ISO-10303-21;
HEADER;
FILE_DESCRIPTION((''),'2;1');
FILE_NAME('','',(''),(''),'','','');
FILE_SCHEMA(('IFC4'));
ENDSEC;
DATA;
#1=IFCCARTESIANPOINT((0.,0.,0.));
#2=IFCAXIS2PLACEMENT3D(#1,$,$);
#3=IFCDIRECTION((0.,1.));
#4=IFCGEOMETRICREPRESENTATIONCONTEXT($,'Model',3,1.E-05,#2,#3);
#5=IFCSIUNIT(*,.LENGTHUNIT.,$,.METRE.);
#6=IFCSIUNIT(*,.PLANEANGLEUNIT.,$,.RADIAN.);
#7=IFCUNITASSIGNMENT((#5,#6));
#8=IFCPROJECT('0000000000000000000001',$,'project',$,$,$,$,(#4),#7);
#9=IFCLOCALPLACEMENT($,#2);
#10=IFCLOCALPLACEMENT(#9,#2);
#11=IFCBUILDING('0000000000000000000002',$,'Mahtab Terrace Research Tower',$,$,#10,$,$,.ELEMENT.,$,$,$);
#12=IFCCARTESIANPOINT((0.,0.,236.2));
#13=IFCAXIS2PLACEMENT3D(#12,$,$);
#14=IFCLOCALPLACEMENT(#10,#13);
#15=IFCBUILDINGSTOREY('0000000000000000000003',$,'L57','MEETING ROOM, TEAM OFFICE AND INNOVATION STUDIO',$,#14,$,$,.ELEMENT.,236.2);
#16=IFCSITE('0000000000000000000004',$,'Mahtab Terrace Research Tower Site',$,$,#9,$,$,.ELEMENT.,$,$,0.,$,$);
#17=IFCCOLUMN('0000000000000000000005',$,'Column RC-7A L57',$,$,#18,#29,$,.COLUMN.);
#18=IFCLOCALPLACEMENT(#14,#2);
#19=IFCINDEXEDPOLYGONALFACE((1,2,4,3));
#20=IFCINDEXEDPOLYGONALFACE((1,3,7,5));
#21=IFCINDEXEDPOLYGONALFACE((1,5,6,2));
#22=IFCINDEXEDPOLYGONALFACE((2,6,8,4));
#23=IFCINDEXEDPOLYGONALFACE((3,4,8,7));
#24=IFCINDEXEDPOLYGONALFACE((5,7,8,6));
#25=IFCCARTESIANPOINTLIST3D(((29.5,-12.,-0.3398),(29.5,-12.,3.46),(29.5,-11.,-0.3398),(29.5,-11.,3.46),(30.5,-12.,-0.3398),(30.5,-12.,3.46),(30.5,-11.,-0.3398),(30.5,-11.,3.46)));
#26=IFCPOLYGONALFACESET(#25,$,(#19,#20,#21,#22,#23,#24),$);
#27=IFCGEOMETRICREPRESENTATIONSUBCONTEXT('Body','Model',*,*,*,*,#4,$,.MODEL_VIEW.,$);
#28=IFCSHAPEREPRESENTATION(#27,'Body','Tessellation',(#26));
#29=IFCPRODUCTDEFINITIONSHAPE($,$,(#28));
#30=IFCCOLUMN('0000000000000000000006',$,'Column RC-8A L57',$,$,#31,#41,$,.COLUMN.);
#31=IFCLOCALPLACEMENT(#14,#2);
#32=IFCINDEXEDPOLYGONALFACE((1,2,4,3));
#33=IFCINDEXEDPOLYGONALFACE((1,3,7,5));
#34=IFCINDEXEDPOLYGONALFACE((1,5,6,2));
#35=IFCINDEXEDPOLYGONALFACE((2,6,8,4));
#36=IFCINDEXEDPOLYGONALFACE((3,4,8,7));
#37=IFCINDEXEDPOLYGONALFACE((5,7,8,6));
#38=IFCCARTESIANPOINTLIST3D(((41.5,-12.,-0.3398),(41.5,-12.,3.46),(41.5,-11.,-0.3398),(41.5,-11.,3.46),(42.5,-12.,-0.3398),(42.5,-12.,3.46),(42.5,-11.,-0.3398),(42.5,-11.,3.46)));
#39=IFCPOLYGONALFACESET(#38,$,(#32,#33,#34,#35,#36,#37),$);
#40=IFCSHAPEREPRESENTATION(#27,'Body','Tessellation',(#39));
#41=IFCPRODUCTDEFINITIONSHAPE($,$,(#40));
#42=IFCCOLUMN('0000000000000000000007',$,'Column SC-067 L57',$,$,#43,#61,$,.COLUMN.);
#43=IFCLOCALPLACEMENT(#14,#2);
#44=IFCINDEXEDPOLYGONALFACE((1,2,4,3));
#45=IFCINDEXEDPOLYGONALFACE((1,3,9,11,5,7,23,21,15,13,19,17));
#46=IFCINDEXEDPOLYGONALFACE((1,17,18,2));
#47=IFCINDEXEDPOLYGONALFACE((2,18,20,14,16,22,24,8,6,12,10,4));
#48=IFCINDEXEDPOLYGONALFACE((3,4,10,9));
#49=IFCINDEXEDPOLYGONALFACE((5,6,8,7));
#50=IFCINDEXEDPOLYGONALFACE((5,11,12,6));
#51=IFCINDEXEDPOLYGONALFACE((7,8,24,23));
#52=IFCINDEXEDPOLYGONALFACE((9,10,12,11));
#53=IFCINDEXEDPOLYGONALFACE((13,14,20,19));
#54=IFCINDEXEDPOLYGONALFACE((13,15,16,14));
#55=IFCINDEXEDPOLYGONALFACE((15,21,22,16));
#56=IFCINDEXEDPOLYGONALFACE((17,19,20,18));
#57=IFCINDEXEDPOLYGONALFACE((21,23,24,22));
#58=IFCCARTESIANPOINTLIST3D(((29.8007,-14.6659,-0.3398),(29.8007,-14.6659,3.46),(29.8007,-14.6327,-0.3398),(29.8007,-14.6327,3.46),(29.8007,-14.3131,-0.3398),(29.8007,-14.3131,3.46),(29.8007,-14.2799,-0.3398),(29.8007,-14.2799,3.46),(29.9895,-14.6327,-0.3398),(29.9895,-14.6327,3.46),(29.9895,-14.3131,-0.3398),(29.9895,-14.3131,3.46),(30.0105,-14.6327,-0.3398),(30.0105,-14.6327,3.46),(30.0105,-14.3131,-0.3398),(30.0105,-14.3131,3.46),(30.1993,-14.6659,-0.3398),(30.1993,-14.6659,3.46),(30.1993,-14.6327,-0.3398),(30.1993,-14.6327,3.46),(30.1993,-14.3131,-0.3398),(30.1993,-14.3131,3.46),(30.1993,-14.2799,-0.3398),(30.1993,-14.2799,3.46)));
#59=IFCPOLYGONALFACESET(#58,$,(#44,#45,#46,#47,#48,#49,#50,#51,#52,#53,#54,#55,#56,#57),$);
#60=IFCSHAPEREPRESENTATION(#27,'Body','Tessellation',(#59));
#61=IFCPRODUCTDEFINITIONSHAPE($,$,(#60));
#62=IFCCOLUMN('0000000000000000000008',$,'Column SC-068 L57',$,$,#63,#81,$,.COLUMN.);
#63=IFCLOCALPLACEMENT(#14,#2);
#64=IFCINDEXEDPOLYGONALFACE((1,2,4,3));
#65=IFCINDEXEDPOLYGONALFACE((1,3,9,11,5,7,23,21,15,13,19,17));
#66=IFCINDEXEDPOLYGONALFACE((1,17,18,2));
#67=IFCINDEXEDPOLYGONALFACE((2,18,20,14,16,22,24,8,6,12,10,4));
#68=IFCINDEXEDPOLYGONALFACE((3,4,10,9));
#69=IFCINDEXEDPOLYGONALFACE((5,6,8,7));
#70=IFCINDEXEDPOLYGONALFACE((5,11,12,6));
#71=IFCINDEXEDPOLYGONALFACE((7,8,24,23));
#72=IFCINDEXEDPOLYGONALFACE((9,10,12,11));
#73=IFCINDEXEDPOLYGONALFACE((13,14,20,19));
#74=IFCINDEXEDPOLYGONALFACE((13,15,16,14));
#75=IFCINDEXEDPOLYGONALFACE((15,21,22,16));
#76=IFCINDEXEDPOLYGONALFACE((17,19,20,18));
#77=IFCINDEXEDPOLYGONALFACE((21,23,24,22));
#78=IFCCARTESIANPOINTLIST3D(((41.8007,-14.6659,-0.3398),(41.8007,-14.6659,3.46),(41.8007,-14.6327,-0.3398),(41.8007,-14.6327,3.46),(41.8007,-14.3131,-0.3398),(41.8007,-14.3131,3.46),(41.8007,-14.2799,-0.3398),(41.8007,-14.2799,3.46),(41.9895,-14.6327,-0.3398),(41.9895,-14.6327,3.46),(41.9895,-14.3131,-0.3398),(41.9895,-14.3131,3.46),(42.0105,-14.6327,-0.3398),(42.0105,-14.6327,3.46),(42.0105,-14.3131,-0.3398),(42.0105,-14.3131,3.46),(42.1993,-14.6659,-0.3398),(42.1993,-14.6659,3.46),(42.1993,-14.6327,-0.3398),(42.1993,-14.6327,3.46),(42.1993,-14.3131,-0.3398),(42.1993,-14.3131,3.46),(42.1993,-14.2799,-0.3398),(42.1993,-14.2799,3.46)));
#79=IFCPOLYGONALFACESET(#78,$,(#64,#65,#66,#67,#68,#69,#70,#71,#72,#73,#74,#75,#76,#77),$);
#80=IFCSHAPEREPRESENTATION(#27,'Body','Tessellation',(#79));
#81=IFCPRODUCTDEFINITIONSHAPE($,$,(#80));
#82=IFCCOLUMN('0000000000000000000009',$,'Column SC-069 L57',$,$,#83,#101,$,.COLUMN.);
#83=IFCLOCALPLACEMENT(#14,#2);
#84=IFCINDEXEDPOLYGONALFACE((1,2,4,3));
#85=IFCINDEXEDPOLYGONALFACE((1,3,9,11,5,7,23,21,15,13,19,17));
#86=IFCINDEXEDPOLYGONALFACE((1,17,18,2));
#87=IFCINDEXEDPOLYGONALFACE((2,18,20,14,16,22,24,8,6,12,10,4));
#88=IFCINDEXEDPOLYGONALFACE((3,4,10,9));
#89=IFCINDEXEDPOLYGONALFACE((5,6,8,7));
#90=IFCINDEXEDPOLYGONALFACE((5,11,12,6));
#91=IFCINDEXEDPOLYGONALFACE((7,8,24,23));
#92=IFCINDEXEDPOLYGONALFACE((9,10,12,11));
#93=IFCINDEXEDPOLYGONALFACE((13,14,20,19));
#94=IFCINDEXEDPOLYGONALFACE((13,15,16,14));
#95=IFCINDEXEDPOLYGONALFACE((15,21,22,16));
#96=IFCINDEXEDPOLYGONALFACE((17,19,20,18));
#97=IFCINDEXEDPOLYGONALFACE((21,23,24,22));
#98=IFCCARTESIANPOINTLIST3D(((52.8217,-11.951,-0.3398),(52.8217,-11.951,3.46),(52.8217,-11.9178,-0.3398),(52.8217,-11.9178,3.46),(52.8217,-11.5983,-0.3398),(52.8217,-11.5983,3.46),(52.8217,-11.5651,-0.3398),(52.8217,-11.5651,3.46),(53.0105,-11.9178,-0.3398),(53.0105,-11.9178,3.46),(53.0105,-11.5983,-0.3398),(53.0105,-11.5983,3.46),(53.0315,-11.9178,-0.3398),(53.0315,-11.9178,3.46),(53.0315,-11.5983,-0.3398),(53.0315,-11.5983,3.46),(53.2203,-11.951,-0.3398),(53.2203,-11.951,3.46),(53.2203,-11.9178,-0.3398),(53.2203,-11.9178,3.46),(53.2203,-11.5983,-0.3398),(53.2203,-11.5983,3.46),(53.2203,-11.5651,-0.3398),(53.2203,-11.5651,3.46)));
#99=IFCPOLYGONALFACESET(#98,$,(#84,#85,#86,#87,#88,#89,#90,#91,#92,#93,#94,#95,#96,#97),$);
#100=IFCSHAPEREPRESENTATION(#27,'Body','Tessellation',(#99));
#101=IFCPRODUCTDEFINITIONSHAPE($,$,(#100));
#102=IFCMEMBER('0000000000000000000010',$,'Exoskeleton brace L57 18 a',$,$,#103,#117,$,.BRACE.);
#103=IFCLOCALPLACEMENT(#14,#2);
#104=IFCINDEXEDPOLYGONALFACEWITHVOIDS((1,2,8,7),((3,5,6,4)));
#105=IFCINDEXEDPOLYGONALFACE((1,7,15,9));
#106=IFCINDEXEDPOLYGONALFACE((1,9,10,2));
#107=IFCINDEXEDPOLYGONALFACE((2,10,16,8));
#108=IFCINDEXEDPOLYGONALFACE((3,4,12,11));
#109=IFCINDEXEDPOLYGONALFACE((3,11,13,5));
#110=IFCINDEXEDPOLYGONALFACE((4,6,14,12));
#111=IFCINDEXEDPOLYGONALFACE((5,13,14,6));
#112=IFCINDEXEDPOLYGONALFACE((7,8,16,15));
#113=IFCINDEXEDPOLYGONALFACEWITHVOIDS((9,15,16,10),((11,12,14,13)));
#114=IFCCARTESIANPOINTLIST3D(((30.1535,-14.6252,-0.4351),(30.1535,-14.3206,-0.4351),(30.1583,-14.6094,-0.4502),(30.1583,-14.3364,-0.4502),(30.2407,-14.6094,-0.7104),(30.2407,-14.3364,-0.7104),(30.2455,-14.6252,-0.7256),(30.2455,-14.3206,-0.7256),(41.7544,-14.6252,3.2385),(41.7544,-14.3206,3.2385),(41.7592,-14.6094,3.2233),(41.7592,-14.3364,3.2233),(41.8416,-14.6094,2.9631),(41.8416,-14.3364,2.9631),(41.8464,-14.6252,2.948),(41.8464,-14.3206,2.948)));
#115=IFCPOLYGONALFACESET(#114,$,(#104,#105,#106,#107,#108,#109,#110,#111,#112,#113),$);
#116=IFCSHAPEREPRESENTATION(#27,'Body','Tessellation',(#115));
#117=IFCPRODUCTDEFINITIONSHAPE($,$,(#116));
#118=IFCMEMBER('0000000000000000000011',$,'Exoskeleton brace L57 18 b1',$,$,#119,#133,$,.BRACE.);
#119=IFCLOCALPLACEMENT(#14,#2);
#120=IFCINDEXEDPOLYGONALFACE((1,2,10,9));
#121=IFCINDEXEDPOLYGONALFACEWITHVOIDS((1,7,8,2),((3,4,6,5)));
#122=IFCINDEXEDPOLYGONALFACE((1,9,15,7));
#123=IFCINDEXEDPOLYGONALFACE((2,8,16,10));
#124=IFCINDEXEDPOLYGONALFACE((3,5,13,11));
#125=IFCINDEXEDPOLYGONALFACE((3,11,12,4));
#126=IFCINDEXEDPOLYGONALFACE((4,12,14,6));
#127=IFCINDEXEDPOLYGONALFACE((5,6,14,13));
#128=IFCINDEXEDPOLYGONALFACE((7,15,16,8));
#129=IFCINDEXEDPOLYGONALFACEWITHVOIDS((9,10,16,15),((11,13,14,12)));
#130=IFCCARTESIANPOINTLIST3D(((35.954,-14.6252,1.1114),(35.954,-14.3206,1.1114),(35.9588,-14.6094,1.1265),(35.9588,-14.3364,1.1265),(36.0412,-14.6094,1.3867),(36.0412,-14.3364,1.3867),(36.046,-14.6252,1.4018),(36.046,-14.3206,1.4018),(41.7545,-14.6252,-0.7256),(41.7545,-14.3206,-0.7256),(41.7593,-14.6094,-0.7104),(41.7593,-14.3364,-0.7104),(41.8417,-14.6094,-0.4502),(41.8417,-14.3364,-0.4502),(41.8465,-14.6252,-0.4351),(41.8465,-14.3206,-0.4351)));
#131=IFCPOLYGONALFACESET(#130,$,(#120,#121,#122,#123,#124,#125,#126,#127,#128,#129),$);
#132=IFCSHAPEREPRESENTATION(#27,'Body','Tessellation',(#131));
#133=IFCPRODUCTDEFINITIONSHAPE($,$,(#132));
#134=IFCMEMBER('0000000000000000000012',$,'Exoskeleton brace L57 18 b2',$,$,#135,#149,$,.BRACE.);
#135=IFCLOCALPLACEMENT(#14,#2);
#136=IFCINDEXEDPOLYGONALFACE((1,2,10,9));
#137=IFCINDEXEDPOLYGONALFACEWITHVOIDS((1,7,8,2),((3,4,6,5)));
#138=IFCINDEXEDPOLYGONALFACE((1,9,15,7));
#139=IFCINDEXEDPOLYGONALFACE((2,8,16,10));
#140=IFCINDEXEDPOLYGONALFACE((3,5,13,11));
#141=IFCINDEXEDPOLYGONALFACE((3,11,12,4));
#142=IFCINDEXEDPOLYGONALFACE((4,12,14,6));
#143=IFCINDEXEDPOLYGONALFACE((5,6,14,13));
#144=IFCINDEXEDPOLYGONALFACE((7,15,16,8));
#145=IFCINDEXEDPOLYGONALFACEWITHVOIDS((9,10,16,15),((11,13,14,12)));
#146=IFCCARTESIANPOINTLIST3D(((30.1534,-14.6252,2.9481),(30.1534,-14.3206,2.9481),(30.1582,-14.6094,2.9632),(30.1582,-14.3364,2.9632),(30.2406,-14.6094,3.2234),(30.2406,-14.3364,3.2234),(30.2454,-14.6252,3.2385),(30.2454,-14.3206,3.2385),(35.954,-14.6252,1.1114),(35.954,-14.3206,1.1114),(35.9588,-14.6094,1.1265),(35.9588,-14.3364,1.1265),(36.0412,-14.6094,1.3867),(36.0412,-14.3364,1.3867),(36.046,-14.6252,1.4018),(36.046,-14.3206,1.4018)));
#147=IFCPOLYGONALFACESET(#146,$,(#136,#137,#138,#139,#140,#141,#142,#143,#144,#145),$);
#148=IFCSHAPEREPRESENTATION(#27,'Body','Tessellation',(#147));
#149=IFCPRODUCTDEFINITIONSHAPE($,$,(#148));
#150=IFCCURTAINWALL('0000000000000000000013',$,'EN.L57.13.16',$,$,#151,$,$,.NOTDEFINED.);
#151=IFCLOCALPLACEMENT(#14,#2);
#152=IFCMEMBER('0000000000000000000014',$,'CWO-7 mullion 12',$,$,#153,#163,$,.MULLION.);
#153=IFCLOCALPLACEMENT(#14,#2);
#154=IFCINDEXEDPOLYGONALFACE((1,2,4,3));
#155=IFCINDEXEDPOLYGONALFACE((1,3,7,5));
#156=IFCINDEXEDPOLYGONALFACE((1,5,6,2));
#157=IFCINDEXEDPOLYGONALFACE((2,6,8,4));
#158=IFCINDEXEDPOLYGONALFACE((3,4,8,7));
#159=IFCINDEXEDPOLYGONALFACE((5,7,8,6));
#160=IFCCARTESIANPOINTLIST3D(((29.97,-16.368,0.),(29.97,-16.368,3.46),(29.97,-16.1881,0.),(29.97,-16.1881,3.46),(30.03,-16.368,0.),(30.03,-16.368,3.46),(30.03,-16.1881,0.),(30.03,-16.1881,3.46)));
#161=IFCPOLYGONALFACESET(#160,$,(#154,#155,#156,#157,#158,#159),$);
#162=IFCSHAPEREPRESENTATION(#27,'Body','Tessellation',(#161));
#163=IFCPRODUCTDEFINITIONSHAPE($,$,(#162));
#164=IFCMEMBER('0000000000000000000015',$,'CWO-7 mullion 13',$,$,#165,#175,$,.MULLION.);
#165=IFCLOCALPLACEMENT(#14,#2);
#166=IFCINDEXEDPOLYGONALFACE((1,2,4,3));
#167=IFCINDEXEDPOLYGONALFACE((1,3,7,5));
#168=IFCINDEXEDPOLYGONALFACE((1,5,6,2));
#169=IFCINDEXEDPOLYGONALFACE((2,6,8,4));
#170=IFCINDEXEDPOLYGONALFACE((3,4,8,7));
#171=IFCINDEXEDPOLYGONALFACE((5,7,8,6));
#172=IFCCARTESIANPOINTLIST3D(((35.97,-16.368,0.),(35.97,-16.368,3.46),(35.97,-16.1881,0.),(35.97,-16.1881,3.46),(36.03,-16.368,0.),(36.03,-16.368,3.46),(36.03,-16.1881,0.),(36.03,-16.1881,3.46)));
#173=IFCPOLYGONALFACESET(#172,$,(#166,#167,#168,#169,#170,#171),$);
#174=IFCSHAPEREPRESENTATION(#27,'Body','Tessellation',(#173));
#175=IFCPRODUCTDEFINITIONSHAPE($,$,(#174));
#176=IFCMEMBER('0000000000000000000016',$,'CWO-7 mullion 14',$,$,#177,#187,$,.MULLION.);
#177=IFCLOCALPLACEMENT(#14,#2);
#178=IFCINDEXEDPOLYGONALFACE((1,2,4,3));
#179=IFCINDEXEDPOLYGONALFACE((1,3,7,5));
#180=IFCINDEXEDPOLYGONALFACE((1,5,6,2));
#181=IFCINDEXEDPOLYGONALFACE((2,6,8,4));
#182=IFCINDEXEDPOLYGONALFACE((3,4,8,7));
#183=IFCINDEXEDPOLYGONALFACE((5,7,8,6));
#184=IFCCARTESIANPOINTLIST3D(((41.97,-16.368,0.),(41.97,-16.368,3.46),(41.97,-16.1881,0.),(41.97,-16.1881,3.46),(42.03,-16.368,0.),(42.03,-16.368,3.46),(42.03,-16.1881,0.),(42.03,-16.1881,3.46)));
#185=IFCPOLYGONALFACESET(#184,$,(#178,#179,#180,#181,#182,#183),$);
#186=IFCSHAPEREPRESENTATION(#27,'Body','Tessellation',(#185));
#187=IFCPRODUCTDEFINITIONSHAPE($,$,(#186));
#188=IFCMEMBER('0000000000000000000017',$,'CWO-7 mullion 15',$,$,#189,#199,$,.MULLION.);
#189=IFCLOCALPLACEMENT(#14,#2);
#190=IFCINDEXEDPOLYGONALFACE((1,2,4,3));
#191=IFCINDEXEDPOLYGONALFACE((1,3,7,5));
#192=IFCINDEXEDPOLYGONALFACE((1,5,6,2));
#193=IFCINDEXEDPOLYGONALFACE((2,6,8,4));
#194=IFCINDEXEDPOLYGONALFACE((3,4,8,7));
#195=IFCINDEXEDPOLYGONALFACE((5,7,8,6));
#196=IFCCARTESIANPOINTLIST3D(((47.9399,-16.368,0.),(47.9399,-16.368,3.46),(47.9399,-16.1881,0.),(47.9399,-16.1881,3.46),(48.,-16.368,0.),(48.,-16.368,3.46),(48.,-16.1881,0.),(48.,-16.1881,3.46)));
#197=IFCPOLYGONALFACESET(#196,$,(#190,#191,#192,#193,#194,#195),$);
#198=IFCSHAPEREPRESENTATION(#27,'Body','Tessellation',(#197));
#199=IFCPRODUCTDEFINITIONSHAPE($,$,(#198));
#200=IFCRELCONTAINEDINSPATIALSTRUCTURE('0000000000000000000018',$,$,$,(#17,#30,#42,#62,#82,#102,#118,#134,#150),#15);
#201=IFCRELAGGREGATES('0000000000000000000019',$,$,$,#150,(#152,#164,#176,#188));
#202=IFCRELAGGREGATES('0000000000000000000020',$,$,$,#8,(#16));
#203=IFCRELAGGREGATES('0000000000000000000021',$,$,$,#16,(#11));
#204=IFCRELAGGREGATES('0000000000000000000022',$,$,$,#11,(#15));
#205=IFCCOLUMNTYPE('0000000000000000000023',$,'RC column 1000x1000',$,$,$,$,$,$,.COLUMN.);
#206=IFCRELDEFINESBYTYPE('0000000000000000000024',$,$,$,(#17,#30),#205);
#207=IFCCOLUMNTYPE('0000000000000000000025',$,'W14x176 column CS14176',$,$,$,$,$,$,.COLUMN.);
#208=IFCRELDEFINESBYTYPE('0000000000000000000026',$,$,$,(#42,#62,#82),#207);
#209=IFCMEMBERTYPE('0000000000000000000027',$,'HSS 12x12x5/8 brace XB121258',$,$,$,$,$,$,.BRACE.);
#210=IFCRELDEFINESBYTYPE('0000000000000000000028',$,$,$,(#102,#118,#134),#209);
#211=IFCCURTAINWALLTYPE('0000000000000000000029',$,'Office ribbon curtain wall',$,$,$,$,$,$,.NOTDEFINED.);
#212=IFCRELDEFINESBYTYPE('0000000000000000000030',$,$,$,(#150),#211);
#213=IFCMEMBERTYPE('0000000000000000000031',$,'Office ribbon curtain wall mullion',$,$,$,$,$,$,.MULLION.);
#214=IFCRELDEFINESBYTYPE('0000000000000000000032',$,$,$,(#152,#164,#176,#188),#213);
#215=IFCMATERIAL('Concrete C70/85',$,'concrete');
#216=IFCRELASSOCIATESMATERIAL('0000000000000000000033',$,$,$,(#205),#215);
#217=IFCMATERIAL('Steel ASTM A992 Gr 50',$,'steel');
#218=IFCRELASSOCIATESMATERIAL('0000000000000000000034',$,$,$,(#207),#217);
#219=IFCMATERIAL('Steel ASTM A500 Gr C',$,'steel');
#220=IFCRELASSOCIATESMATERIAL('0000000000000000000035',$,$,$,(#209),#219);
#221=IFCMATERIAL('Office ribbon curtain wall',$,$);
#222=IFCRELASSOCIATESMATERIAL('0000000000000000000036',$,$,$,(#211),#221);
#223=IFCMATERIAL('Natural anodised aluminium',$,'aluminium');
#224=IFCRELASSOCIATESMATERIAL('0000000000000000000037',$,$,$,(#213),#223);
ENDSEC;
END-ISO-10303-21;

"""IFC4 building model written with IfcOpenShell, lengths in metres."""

from ifc_helpers import new_model, si_unit, direction, frame, origin, origin_2d, place, context, subcontext, project, spatial, rectangle, hollow_rectangle, i_section, extrude, material, material_profile, profile_set, type_object, element, aggregate, save


model = new_model("IFC4")

# Units and contexts
model_context = context("Model", 3, precision=1e-05, world=origin(), true_north=direction((0.0, 1.0)))
body_context = subcontext(model_context, "Body", "Model", "MODEL_VIEW")
ifc_project = project(units=[si_unit("LENGTHUNIT", "METRE"), si_unit("PLANEANGLEUNIT", "RADIAN")], contexts=[model_context])

# Site, building, storey
site_placement = place(None, origin())
site = spatial("IfcSite", under=ifc_project, at=site_placement, Name="Mahtab Terrace Research Tower Site", CompositionType="ELEMENT", RefElevation=0.0)
building_placement = place(site_placement, origin())
building = spatial("IfcBuilding", under=site, at=building_placement, Name="Mahtab Terrace Research Tower", CompositionType="ELEMENT")
storey_placement = place(building_placement, frame((0.0, 0.0, 236.2)))
storey = spatial("IfcBuildingStorey", under=building, at=storey_placement, Name="L57", Description="MEETING ROOM, TEAM OFFICE AND INNOVATION STUDIO", CompositionType="ELEMENT", Elevation=236.2)

# Columns
ifc_material_1 = material(Name="Concrete C70/85", Category="concrete")
ifc_material_profile_1 = material_profile(ifc_material_1, rectangle(XDim=1.0, YDim=1.0, at=origin_2d()), Name="RC column 1000x1000")
ifc_profile_set_1 = profile_set([ifc_material_profile_1], Name="Concrete C70/85")
column_type_1 = type_object("IfcColumnType", Name="RC column 1000x1000", PredefinedType="COLUMN", material=ifc_profile_set_1)
for number, where, z_axis, x_axis, name in (
    (1, (30.0, -11.5, -0.3398), (0.0, 0.0, 1.0), (1.0, 0.0, 0.0), "Column RC-7A L57"),
    (2, (42.0, -11.5, -0.3398), (0.0, 0.0, 1.0), (1.0, 0.0, 0.0), "Column RC-8A L57"),
):
    element("IfcColumn", number, at=place(storey_placement, frame(where, z_axis=z_axis, x_axis=x_axis)), inside=storey, type_object=column_type_1, Name=name, PredefinedType="COLUMN", context=body_context, shape_type="SweptSolid", body=[
        extrude(rectangle(XDim=1.0, YDim=1.0, at=origin_2d()), origin(), (0.0, 0.0, 1.0), 3.7998),
    ])
ifc_material_2 = material(Name="Steel ASTM A992 Gr 50", Category="steel")
ifc_material_profile_2 = material_profile(ifc_material_2, i_section(OverallWidth=0.3987, OverallDepth=0.386, WebThickness=0.021, FlangeThickness=0.0332, at=origin_2d()), Name="W14X176")
ifc_profile_set_2 = profile_set([ifc_material_profile_2], Name="Steel ASTM A992 Gr 50")
column_type_2 = type_object("IfcColumnType", Name="W14x176 column CS14176", PredefinedType="COLUMN", material=ifc_profile_set_2)
for number, where, z_axis, x_axis, name in (
    (3, (30.0, -14.4729, -0.3398), (0.0, 0.0, 1.0), (1.0, 0.0, 0.0), "Column SC-067 L57"),
    (4, (42.0, -14.4729, -0.3398), (0.0, 0.0, 1.0), (1.0, 0.0, 0.0), "Column SC-068 L57"),
    (5, (53.021, -11.7581, -0.3398), (0.0, 0.0, 1.0), (1.0, 0.0, 0.0), "Column SC-069 L57"),
):
    element("IfcColumn", number, at=place(storey_placement, frame(where, z_axis=z_axis, x_axis=x_axis)), inside=storey, type_object=column_type_2, Name=name, PredefinedType="COLUMN", context=body_context, shape_type="SweptSolid", body=[
        extrude(i_section(OverallWidth=0.3987, OverallDepth=0.386, WebThickness=0.021, FlangeThickness=0.0332, at=origin_2d()), origin(), (0.0, 0.0, 1.0), 3.7998),
    ])

# Members
ifc_material_3 = material(Name="Steel ASTM A500 Gr C", Category="steel")
ifc_material_profile_3 = material_profile(ifc_material_3, hollow_rectangle(XDim=0.3047, YDim=0.3047, WallThickness=0.0159, at=origin_2d()), Name="HSS12X12X5/8")
ifc_profile_set_3 = profile_set([ifc_material_profile_3], Name="Steel ASTM A500 Gr C")
member_type_1 = type_object("IfcMemberType", Name="HSS 12x12x5/8 brace XB121258", PredefinedType="BRACE", material=ifc_profile_set_3)
member_1_placement = place(storey_placement, frame((30.1995, -14.4729, -0.5803), z_axis=(0.953344, 0.0, 0.301885), x_axis=(0.0, 1.0, 0.0)))
element("IfcMember", 6, at=member_1_placement, inside=storey, type_object=member_type_1, Name="Exoskeleton brace L57 18 a", PredefinedType="BRACE", context=body_context, shape_type="SweptSolid", body=[
    extrude(hollow_rectangle(XDim=0.3047, YDim=0.3047, WallThickness=0.0159, at=origin_2d()), origin(), (0.0, 0.0, 1.0), 12.1687),
])
for number, where, z_axis, x_axis, name in (
    (7, (41.8005, -14.4729, -0.5803), (-0.953339, 0.0, 0.301903), (0.0, -1.0, 0.0), "Exoskeleton brace L57 18 b1"),
    (8, (36.0, -14.4729, 1.2566), (-0.95335, 0.0, 0.301867), (0.0, -1.0, 0.0), "Exoskeleton brace L57 18 b2"),
):
    element("IfcMember", number, at=place(storey_placement, frame(where, z_axis=z_axis, x_axis=x_axis)), inside=storey, type_object=member_type_1, Name=name, PredefinedType="BRACE", context=body_context, shape_type="SweptSolid", body=[
        extrude(hollow_rectangle(XDim=0.3047, YDim=0.3047, WallThickness=0.0159, at=origin_2d()), origin(), (0.0, 0.0, 1.0), 6.0845),
    ])

# Curtain wall, members
ifc_material_4 = material(Name="Office ribbon curtain wall")
curtain_wall_type = type_object("IfcCurtainWallType", Name="Office ribbon curtain wall", PredefinedType="NOTDEFINED", material=ifc_material_4)
curtain_wall_placement = place(storey_placement, origin())
curtain_wall = element("IfcCurtainWall", 9, at=curtain_wall_placement, inside=storey, type_object=curtain_wall_type, Name="EN.L57.13.16", PredefinedType="NOTDEFINED")
ifc_material_5 = material(Name="Natural anodised aluminium", Category="aluminium")
ifc_material_profile_4 = material_profile(ifc_material_5, rectangle(XDim=0.1799, YDim=0.0601, at=origin_2d()), Name="MULLION 60x180")
ifc_profile_set_4 = profile_set([ifc_material_profile_4], Name="Natural anodised aluminium")
member_type_2 = type_object("IfcMemberType", Name="Office ribbon curtain wall mullion", PredefinedType="MULLION", material=ifc_profile_set_4)
member_2_placement = place(storey_placement, frame((30.0, -16.2781, 0.0), z_axis=(0.0, 0.0, 1.0), x_axis=(0.0, 1.0, 0.0)))
member_2 = element("IfcMember", 10, at=member_2_placement, type_object=member_type_2, Name="CWO-7 mullion 12", PredefinedType="MULLION", context=body_context, shape_type="SweptSolid", body=[
    extrude(rectangle(XDim=0.1799, YDim=0.0601, at=origin_2d()), origin(), (0.0, 0.0, 1.0), 3.46),
])
member_3_placement = place(storey_placement, frame((36.0, -16.2781, 0.0), z_axis=(0.0, 0.0, 1.0), x_axis=(0.0, 1.0, 0.0)))
member_3 = element("IfcMember", 11, at=member_3_placement, type_object=member_type_2, Name="CWO-7 mullion 13", PredefinedType="MULLION", context=body_context, shape_type="SweptSolid", body=[
    extrude(rectangle(XDim=0.1799, YDim=0.0601, at=origin_2d()), origin(), (0.0, 0.0, 1.0), 3.46),
])
member_4_placement = place(storey_placement, frame((42.0, -16.2781, 0.0), z_axis=(0.0, 0.0, 1.0), x_axis=(0.0, 1.0, 0.0)))
member_4 = element("IfcMember", 12, at=member_4_placement, type_object=member_type_2, Name="CWO-7 mullion 14", PredefinedType="MULLION", context=body_context, shape_type="SweptSolid", body=[
    extrude(rectangle(XDim=0.1799, YDim=0.0601, at=origin_2d()), origin(), (0.0, 0.0, 1.0), 3.46),
])
member_5_placement = place(storey_placement, frame((47.97, -16.2781, 0.0), z_axis=(0.0, 0.0, 1.0), x_axis=(0.0, 1.0, 0.0)))
member_5 = element("IfcMember", 13, at=member_5_placement, type_object=member_type_2, Name="CWO-7 mullion 15", PredefinedType="MULLION", context=body_context, shape_type="SweptSolid", body=[
    extrude(rectangle(XDim=0.1799, YDim=0.0601, at=origin_2d()), origin(), (0.0, 0.0, 1.0), 3.46),
])

aggregate(curtain_wall, [member_2, member_3, member_4, member_5])

save(model, "model.ifc")
